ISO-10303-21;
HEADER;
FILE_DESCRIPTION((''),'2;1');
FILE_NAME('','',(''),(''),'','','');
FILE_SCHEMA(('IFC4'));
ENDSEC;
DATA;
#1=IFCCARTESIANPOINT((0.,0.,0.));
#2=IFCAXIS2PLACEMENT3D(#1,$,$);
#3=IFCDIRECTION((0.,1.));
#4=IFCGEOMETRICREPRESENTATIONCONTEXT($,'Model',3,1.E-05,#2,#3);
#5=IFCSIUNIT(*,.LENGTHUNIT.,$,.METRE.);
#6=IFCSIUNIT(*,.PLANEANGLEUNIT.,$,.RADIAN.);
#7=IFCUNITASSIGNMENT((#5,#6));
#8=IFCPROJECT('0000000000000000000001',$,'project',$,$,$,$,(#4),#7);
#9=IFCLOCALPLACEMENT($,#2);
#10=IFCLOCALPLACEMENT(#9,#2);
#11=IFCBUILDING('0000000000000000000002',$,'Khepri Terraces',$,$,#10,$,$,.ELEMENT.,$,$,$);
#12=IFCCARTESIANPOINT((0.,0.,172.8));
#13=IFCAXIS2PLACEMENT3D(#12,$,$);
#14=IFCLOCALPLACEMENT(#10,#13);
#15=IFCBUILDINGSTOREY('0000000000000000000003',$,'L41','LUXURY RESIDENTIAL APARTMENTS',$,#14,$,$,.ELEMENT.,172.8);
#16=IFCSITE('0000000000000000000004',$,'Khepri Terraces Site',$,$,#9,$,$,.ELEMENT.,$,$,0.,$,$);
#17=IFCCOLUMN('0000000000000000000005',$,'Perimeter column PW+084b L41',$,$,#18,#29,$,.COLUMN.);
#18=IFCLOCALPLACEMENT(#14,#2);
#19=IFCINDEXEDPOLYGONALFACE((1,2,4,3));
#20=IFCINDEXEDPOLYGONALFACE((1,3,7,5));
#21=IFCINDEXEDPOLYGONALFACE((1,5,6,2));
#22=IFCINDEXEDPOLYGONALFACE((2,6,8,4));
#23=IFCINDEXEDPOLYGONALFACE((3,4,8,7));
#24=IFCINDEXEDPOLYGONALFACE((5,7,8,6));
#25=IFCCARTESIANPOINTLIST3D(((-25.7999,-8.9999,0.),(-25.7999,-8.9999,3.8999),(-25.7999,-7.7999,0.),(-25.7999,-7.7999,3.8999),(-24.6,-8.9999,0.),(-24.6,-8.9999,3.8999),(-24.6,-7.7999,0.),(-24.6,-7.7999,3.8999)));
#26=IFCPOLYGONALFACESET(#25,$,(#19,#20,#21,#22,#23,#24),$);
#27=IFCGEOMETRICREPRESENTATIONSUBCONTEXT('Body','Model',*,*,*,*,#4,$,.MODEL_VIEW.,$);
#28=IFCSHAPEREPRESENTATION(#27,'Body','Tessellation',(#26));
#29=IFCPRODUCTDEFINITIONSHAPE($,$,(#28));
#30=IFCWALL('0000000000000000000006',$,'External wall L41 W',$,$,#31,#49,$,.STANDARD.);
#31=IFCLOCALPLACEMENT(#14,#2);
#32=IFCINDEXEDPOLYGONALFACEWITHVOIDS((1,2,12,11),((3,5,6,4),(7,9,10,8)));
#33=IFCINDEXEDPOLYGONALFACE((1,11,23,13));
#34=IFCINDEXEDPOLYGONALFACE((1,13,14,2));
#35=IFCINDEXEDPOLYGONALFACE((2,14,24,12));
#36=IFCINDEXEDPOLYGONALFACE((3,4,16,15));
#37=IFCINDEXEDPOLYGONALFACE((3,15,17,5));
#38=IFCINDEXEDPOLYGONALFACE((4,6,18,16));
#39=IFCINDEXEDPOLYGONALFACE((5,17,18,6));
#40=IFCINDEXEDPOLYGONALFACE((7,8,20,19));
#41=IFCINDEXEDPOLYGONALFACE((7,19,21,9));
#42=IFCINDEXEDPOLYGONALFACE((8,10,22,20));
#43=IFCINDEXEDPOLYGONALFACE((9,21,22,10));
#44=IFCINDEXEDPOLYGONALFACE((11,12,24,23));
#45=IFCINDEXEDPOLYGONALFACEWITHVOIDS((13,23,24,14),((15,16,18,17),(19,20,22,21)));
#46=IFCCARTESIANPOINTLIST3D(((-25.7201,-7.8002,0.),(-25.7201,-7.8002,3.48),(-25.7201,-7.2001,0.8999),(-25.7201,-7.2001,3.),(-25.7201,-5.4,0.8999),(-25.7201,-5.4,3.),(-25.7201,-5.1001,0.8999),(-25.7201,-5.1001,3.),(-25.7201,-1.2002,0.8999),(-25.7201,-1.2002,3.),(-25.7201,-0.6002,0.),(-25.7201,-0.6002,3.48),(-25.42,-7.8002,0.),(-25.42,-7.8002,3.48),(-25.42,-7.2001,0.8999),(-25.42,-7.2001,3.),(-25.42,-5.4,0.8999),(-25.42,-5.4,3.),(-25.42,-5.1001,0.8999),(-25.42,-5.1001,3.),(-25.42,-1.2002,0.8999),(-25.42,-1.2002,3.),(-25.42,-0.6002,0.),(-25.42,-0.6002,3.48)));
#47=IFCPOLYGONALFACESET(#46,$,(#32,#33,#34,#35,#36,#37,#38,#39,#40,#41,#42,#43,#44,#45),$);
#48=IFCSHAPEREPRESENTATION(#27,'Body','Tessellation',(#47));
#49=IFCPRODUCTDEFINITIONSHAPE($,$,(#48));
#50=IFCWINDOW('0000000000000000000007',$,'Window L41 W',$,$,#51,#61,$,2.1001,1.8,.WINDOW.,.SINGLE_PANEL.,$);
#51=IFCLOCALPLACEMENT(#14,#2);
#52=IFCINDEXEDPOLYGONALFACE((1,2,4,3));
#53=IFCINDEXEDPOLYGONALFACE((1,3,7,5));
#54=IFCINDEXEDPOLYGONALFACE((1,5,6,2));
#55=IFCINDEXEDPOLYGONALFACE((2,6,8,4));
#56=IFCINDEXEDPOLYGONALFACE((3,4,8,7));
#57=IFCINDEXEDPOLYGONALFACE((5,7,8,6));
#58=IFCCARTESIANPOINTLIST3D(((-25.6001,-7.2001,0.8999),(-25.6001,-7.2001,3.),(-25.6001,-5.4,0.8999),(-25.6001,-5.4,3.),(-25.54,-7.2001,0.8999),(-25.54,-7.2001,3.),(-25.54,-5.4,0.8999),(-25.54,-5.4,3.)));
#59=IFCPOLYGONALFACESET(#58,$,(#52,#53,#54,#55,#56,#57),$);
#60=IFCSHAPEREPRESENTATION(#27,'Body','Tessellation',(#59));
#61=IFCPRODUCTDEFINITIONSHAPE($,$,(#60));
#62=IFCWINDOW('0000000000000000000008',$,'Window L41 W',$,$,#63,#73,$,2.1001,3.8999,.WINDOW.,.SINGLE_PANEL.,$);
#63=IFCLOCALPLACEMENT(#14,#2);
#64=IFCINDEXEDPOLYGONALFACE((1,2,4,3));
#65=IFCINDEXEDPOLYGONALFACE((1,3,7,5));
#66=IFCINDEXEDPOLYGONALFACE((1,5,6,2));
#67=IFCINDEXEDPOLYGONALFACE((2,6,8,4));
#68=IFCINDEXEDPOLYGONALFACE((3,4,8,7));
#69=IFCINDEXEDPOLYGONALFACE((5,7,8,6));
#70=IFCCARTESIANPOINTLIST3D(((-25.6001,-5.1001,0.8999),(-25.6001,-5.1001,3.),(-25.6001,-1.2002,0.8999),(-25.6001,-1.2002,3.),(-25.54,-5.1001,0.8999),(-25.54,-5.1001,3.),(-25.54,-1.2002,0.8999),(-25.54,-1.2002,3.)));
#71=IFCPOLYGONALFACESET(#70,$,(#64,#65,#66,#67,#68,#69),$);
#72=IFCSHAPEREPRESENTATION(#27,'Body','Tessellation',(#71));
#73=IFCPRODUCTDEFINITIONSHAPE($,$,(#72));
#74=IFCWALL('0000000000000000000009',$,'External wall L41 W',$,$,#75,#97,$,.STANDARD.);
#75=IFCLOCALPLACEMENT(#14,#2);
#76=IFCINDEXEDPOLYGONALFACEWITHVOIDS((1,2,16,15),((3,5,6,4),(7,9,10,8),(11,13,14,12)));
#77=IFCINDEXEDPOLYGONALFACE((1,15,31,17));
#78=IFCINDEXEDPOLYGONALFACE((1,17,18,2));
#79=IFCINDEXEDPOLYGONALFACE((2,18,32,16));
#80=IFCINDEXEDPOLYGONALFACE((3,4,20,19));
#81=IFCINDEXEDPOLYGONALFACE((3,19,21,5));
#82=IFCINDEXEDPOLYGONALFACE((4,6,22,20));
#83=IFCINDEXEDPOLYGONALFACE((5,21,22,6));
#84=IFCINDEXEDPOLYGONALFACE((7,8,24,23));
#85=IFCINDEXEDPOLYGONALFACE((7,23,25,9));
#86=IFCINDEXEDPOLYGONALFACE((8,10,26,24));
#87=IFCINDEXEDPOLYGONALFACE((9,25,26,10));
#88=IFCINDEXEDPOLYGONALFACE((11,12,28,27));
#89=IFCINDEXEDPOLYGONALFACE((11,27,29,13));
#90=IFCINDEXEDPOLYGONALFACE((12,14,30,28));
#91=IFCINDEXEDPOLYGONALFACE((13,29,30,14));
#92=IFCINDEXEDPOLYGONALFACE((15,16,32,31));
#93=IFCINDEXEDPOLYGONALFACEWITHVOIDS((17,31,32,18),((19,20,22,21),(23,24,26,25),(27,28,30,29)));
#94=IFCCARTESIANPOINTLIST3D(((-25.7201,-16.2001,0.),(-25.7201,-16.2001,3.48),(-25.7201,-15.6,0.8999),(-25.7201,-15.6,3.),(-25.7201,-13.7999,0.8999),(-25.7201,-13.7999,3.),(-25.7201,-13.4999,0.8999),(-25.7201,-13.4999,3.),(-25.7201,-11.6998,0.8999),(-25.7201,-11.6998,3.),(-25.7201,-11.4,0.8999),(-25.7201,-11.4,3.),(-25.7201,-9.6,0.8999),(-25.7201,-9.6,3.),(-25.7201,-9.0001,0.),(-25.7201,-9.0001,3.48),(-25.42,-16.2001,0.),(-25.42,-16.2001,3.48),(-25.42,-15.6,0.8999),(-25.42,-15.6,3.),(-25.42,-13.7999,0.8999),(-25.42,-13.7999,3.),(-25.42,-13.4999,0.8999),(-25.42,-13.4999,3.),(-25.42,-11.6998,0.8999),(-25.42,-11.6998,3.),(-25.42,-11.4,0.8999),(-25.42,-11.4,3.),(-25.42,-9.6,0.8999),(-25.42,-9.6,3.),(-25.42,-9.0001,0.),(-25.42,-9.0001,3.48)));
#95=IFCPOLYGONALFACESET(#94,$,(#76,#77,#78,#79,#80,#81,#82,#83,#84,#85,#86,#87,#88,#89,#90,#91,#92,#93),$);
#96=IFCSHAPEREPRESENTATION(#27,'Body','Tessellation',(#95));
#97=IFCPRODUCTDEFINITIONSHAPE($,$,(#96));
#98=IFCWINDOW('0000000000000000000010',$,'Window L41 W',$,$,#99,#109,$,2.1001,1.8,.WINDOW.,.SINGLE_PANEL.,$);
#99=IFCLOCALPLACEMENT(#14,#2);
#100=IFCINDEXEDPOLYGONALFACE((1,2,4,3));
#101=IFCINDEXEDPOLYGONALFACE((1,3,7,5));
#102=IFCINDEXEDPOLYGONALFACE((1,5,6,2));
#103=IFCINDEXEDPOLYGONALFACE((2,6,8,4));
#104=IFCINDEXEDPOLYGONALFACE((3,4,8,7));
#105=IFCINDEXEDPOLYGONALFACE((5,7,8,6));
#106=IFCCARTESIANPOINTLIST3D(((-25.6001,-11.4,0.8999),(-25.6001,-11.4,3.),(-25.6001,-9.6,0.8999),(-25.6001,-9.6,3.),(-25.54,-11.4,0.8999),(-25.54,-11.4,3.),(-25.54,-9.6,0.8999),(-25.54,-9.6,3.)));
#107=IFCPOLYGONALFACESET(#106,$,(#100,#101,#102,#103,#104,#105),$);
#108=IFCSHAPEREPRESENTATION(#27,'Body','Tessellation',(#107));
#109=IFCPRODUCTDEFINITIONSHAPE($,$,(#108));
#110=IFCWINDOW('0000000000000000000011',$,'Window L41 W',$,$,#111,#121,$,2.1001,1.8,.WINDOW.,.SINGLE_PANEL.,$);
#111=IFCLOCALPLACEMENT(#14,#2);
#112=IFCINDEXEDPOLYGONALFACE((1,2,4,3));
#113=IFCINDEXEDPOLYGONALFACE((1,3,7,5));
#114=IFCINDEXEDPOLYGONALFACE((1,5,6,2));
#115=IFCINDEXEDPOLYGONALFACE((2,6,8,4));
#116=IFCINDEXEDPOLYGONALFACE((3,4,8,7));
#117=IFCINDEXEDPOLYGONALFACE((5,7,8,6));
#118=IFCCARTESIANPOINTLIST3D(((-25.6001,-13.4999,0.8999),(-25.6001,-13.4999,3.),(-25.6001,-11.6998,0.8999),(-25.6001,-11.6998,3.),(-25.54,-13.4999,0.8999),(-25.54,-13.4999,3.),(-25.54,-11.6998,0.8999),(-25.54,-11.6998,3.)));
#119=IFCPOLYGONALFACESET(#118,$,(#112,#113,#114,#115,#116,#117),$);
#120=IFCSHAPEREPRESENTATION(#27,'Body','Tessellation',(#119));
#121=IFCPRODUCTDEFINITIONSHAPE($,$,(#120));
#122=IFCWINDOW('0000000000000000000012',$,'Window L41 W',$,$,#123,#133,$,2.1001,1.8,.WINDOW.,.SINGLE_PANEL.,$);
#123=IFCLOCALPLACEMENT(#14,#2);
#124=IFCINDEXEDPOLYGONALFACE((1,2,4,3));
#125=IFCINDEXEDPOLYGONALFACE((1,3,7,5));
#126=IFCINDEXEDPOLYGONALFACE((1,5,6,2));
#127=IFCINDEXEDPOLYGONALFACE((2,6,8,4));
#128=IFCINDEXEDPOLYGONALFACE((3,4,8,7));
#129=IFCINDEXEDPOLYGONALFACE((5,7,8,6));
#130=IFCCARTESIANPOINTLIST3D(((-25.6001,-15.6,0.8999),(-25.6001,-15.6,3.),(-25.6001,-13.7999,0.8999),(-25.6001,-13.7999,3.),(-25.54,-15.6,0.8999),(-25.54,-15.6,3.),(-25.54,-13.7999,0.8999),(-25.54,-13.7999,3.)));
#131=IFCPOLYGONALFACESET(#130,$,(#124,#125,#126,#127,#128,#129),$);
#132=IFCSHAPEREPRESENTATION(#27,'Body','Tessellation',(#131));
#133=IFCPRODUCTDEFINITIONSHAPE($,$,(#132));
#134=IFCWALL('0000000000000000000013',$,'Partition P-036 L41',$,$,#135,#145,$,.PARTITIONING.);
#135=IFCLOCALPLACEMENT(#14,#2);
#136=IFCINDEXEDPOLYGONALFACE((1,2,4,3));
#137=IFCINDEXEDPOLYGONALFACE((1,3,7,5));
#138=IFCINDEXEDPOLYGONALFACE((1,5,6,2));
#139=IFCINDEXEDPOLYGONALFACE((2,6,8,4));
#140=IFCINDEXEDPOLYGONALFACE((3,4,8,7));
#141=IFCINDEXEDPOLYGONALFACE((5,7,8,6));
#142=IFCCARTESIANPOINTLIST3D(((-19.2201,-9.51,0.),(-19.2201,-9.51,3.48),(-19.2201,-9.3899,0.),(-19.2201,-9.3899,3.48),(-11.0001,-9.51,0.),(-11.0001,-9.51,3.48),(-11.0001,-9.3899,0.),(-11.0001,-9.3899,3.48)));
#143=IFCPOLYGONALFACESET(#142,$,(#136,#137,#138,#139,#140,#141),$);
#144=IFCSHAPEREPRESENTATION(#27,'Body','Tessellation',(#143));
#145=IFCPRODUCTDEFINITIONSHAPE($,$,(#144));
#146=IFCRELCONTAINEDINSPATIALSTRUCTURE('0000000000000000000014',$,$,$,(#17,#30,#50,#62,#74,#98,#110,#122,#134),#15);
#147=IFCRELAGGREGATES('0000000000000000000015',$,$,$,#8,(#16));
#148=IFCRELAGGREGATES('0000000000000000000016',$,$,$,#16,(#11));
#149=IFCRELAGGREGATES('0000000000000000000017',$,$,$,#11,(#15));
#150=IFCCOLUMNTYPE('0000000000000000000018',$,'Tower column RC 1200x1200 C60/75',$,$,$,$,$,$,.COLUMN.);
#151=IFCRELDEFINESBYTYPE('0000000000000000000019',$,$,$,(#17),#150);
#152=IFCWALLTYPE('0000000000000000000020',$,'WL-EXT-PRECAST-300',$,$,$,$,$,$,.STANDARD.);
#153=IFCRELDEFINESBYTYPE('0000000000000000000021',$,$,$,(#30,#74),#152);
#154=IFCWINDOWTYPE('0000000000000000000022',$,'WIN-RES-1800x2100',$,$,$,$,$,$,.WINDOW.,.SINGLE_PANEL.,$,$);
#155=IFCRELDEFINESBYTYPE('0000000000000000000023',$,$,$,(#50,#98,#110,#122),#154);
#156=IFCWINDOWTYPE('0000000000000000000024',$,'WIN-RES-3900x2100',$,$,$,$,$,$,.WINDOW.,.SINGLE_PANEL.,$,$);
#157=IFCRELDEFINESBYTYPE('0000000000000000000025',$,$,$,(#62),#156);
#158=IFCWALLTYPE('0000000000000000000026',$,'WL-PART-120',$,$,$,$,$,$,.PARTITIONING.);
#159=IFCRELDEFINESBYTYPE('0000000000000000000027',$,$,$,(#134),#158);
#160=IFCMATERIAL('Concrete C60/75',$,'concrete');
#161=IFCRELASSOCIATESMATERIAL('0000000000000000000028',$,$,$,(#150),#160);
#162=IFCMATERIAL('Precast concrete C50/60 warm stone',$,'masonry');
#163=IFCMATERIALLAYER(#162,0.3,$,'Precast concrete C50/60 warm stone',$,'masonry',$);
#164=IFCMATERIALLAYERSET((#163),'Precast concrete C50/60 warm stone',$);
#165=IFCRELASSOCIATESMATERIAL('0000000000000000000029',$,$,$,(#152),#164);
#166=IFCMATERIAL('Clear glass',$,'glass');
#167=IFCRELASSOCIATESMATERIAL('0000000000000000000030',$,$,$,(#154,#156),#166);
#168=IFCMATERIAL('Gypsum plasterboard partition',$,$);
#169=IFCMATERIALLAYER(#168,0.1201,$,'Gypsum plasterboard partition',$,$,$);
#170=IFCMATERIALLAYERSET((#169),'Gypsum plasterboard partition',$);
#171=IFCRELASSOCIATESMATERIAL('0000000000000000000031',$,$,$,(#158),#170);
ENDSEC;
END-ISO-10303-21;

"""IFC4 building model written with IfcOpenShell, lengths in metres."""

from ifc_helpers import new_model, si_unit, direction, frame, frame_2d, origin, origin_2d, place, context, subcontext, project, spatial, rectangle, extrude, material, layer, layer_set, material_profile, profile_set, type_object, element, fill, save


model = new_model("IFC4")

# Units and contexts
model_context = context("Model", 3, precision=1e-05, world=origin(), true_north=direction((0.0, 1.0)))
body_context = subcontext(model_context, "Body", "Model", "MODEL_VIEW")
ifc_project = project(units=[si_unit("LENGTHUNIT", "METRE"), si_unit("PLANEANGLEUNIT", "RADIAN")], contexts=[model_context])

# Site, building, storey
site_placement = place(None, origin())
site = spatial("IfcSite", under=ifc_project, at=site_placement, Name="Khepri Terraces Site", CompositionType="ELEMENT", RefElevation=0.0)
building_placement = place(site_placement, origin())
building = spatial("IfcBuilding", under=site, at=building_placement, Name="Khepri Terraces", CompositionType="ELEMENT")
storey_placement = place(building_placement, frame((0.0, 0.0, 172.8)))
storey = spatial("IfcBuildingStorey", under=building, at=storey_placement, Name="L41", Description="LUXURY RESIDENTIAL APARTMENTS", CompositionType="ELEMENT", Elevation=172.8)

# Column
ifc_material_1 = material(Name="Concrete C60/75", Category="concrete")
ifc_material_profile = material_profile(ifc_material_1, rectangle(XDim=1.2, YDim=1.2, at=origin_2d()), Name="Concrete C60/75", Category="concrete")
ifc_profile_set = profile_set([ifc_material_profile], Name="Concrete C60/75")
column_type = type_object("IfcColumnType", Name="Tower column RC 1200x1200 C60/75", PredefinedType="COLUMN", material=ifc_profile_set)
column_placement = place(storey_placement, frame((-25.2, -8.3999, 0.0), z_axis=(0.0, 0.0, 1.0), x_axis=(1.0, 0.0, 0.0)))
element("IfcColumn", 1, at=column_placement, inside=storey, type_object=column_type, Name="Perimeter column PW+084b L41", PredefinedType="COLUMN", context=body_context, shape_type="SweptSolid", body=[
    extrude(rectangle(XDim=1.2, YDim=1.2, at=origin_2d()), origin(), (0.0, 0.0, 1.0), 3.8999),
])

# Walls, openings, windows
ifc_material_2 = material(Name="Precast concrete C50/60 warm stone", Category="masonry")
ifc_layer_1 = layer(ifc_material_2, 0.3, Name="Precast concrete C50/60 warm stone", Category="masonry")
ifc_layer_set_1 = layer_set([ifc_layer_1], Name="Precast concrete C50/60 warm stone")
wall_type_1 = type_object("IfcWallType", Name="WL-EXT-PRECAST-300", PredefinedType="STANDARD", material=ifc_layer_set_1)
wall_1_placement = place(storey_placement, frame((-25.5701, -0.6001, 0.0), z_axis=(0.0, 0.0, 1.0), x_axis=(0.0, -1.0, 0.0)))
wall_1 = element("IfcWall", 2, at=wall_1_placement, inside=storey, type_object=wall_type_1, Name="External wall L41 W", PredefinedType="STANDARD", context=body_context, shape_type="SweptSolid", body=[
    extrude(rectangle(XDim=7.2, YDim=0.3, at=frame_2d((3.6001, 0.0))), origin(), (0.0, 0.0, 1.0), 3.48),
])
opening_1_placement = place(wall_1_placement, frame((0.6001, 0.0, 0.8999)))
opening_1 = element("IfcOpeningElement", 3, at=opening_1_placement, cuts=wall_1, PredefinedType="OPENING", context=body_context, shape_type="SweptSolid", body=[
    extrude(rectangle(XDim=3.8999, YDim=2.1001, at=frame_2d((1.95, 1.05))), frame((0.0, 0.1602, 0.0), z_axis=(0.0, -1.0, 0.0), x_axis=(1.0, 0.0, 0.0)), (0.0, 0.0, 1.0), 0.3201),
])
opening_2_placement = place(wall_1_placement, frame((4.8, 0.0, 0.8999)))
opening_2 = element("IfcOpeningElement", 4, at=opening_2_placement, cuts=wall_1, PredefinedType="OPENING", context=body_context, shape_type="SweptSolid", body=[
    extrude(rectangle(XDim=1.8, YDim=2.1001, at=frame_2d((0.8999, 1.05))), frame((0.0, 0.1602, 0.0), z_axis=(0.0, -1.0, 0.0), x_axis=(1.0, 0.0, 0.0)), (0.0, 0.0, 1.0), 0.3201),
])
ifc_material_3 = material(Name="Clear glass", Category="glass")
window_type_1 = type_object("IfcWindowType", Name="WIN-RES-1800x2100", PartitioningType="SINGLE_PANEL", PredefinedType="WINDOW", material=ifc_material_3)
window_1_placement = place(opening_2_placement, origin())
window_1 = element("IfcWindow", 5, at=window_1_placement, inside=storey, type_object=window_type_1, Name="Window L41 W", OverallHeight=2.1001, OverallWidth=1.8, PartitioningType="SINGLE_PANEL", PredefinedType="WINDOW", context=body_context, shape_type="SweptSolid", body=[
    extrude(rectangle(XDim=1.8, YDim=2.1001, at=frame_2d((0.8999, 1.05))), frame((0.0, 0.03, 0.0), z_axis=(0.0, -1.0, 0.0), x_axis=(1.0, 0.0, 0.0)), (0.0, 0.0, 1.0), 0.0601),
])
fill(opening_2, window_1)
window_type_2 = type_object("IfcWindowType", Name="WIN-RES-3900x2100", PartitioningType="SINGLE_PANEL", PredefinedType="WINDOW", material=ifc_material_3)
window_2_placement = place(opening_1_placement, origin())
window_2 = element("IfcWindow", 6, at=window_2_placement, inside=storey, type_object=window_type_2, Name="Window L41 W", OverallHeight=2.1001, OverallWidth=3.8999, PartitioningType="SINGLE_PANEL", PredefinedType="WINDOW", context=body_context, shape_type="SweptSolid", body=[
    extrude(rectangle(XDim=3.8999, YDim=2.1001, at=frame_2d((1.95, 1.05))), frame((0.0, 0.03, 0.0), z_axis=(0.0, -1.0, 0.0), x_axis=(1.0, 0.0, 0.0)), (0.0, 0.0, 1.0), 0.0601),
])
fill(opening_1, window_2)
wall_2_placement = place(storey_placement, frame((-25.5701, -9.0, 0.0), z_axis=(0.0, 0.0, 1.0), x_axis=(0.0, -1.0, 0.0)))
wall_2 = element("IfcWall", 7, at=wall_2_placement, inside=storey, type_object=wall_type_1, Name="External wall L41 W", PredefinedType="STANDARD", context=body_context, shape_type="SweptSolid", body=[
    extrude(rectangle(XDim=7.2, YDim=0.3, at=frame_2d((3.6001, 0.0))), origin(), (0.0, 0.0, 1.0), 3.48),
])
opening_3_placement = place(wall_2_placement, frame((0.6001, 0.0, 0.8999)))
opening_3 = element("IfcOpeningElement", 8, at=opening_3_placement, cuts=wall_2, PredefinedType="OPENING", context=body_context, shape_type="SweptSolid", body=[
    extrude(rectangle(XDim=1.8, YDim=2.1001, at=frame_2d((0.8999, 1.05))), frame((0.0, 0.1602, 0.0), z_axis=(0.0, -1.0, 0.0), x_axis=(1.0, 0.0, 0.0)), (0.0, 0.0, 1.0), 0.3201),
])
opening_4_placement = place(wall_2_placement, frame((2.7, 0.0, 0.8999)))
opening_4 = element("IfcOpeningElement", 9, at=opening_4_placement, cuts=wall_2, PredefinedType="OPENING", context=body_context, shape_type="SweptSolid", body=[
    extrude(rectangle(XDim=1.8, YDim=2.1001, at=frame_2d((0.8999, 1.05))), frame((0.0, 0.1602, 0.0), z_axis=(0.0, -1.0, 0.0), x_axis=(1.0, 0.0, 0.0)), (0.0, 0.0, 1.0), 0.3201),
])
opening_5_placement = place(wall_2_placement, frame((4.8, 0.0, 0.8999)))
opening_5 = element("IfcOpeningElement", 10, at=opening_5_placement, cuts=wall_2, PredefinedType="OPENING", context=body_context, shape_type="SweptSolid", body=[
    extrude(rectangle(XDim=1.8, YDim=2.1001, at=frame_2d((0.8999, 1.05))), frame((0.0, 0.1602, 0.0), z_axis=(0.0, -1.0, 0.0), x_axis=(1.0, 0.0, 0.0)), (0.0, 0.0, 1.0), 0.3201),
])
window_3_placement = place(opening_3_placement, origin())
window_3 = element("IfcWindow", 11, at=window_3_placement, inside=storey, type_object=window_type_1, Name="Window L41 W", OverallHeight=2.1001, OverallWidth=1.8, PartitioningType="SINGLE_PANEL", PredefinedType="WINDOW", context=body_context, shape_type="SweptSolid", body=[
    extrude(rectangle(XDim=1.8, YDim=2.1001, at=frame_2d((0.8999, 1.05))), frame((0.0, 0.03, 0.0), z_axis=(0.0, -1.0, 0.0), x_axis=(1.0, 0.0, 0.0)), (0.0, 0.0, 1.0), 0.0601),
])
fill(opening_3, window_3)
window_4_placement = place(opening_4_placement, origin())
window_4 = element("IfcWindow", 12, at=window_4_placement, inside=storey, type_object=window_type_1, Name="Window L41 W", OverallHeight=2.1001, OverallWidth=1.8, PartitioningType="SINGLE_PANEL", PredefinedType="WINDOW", context=body_context, shape_type="SweptSolid", body=[
    extrude(rectangle(XDim=1.8, YDim=2.1001, at=frame_2d((0.8999, 1.05))), frame((0.0, 0.03, 0.0), z_axis=(0.0, -1.0, 0.0), x_axis=(1.0, 0.0, 0.0)), (0.0, 0.0, 1.0), 0.0601),
])
fill(opening_4, window_4)
window_5_placement = place(opening_5_placement, origin())
window_5 = element("IfcWindow", 13, at=window_5_placement, inside=storey, type_object=window_type_1, Name="Window L41 W", OverallHeight=2.1001, OverallWidth=1.8, PartitioningType="SINGLE_PANEL", PredefinedType="WINDOW", context=body_context, shape_type="SweptSolid", body=[
    extrude(rectangle(XDim=1.8, YDim=2.1001, at=frame_2d((0.8999, 1.05))), frame((0.0, 0.03, 0.0), z_axis=(0.0, -1.0, 0.0), x_axis=(1.0, 0.0, 0.0)), (0.0, 0.0, 1.0), 0.0601),
])
fill(opening_5, window_5)

# Wall
ifc_material_4 = material(Name="Gypsum plasterboard partition")
ifc_layer_2 = layer(ifc_material_4, 0.1201, Name="Gypsum plasterboard partition")
ifc_layer_set_2 = layer_set([ifc_layer_2], Name="Gypsum plasterboard partition")
wall_type_2 = type_object("IfcWallType", Name="WL-PART-120", PredefinedType="PARTITIONING", material=ifc_layer_set_2)
wall_3_placement = place(storey_placement, frame((-19.22, -9.45, 0.0), z_axis=(0.0, 0.0, 1.0), x_axis=(1.0, 0.0, 0.0)))
element("IfcWall", 14, at=wall_3_placement, inside=storey, type_object=wall_type_2, Name="Partition P-036 L41", PredefinedType="PARTITIONING", context=body_context, shape_type="SweptSolid", body=[
    extrude(rectangle(XDim=8.22, YDim=0.1201, at=frame_2d((4.1099, 0.0))), origin(), (0.0, 0.0, 1.0), 3.48),
])

save(model, "model.ifc")
